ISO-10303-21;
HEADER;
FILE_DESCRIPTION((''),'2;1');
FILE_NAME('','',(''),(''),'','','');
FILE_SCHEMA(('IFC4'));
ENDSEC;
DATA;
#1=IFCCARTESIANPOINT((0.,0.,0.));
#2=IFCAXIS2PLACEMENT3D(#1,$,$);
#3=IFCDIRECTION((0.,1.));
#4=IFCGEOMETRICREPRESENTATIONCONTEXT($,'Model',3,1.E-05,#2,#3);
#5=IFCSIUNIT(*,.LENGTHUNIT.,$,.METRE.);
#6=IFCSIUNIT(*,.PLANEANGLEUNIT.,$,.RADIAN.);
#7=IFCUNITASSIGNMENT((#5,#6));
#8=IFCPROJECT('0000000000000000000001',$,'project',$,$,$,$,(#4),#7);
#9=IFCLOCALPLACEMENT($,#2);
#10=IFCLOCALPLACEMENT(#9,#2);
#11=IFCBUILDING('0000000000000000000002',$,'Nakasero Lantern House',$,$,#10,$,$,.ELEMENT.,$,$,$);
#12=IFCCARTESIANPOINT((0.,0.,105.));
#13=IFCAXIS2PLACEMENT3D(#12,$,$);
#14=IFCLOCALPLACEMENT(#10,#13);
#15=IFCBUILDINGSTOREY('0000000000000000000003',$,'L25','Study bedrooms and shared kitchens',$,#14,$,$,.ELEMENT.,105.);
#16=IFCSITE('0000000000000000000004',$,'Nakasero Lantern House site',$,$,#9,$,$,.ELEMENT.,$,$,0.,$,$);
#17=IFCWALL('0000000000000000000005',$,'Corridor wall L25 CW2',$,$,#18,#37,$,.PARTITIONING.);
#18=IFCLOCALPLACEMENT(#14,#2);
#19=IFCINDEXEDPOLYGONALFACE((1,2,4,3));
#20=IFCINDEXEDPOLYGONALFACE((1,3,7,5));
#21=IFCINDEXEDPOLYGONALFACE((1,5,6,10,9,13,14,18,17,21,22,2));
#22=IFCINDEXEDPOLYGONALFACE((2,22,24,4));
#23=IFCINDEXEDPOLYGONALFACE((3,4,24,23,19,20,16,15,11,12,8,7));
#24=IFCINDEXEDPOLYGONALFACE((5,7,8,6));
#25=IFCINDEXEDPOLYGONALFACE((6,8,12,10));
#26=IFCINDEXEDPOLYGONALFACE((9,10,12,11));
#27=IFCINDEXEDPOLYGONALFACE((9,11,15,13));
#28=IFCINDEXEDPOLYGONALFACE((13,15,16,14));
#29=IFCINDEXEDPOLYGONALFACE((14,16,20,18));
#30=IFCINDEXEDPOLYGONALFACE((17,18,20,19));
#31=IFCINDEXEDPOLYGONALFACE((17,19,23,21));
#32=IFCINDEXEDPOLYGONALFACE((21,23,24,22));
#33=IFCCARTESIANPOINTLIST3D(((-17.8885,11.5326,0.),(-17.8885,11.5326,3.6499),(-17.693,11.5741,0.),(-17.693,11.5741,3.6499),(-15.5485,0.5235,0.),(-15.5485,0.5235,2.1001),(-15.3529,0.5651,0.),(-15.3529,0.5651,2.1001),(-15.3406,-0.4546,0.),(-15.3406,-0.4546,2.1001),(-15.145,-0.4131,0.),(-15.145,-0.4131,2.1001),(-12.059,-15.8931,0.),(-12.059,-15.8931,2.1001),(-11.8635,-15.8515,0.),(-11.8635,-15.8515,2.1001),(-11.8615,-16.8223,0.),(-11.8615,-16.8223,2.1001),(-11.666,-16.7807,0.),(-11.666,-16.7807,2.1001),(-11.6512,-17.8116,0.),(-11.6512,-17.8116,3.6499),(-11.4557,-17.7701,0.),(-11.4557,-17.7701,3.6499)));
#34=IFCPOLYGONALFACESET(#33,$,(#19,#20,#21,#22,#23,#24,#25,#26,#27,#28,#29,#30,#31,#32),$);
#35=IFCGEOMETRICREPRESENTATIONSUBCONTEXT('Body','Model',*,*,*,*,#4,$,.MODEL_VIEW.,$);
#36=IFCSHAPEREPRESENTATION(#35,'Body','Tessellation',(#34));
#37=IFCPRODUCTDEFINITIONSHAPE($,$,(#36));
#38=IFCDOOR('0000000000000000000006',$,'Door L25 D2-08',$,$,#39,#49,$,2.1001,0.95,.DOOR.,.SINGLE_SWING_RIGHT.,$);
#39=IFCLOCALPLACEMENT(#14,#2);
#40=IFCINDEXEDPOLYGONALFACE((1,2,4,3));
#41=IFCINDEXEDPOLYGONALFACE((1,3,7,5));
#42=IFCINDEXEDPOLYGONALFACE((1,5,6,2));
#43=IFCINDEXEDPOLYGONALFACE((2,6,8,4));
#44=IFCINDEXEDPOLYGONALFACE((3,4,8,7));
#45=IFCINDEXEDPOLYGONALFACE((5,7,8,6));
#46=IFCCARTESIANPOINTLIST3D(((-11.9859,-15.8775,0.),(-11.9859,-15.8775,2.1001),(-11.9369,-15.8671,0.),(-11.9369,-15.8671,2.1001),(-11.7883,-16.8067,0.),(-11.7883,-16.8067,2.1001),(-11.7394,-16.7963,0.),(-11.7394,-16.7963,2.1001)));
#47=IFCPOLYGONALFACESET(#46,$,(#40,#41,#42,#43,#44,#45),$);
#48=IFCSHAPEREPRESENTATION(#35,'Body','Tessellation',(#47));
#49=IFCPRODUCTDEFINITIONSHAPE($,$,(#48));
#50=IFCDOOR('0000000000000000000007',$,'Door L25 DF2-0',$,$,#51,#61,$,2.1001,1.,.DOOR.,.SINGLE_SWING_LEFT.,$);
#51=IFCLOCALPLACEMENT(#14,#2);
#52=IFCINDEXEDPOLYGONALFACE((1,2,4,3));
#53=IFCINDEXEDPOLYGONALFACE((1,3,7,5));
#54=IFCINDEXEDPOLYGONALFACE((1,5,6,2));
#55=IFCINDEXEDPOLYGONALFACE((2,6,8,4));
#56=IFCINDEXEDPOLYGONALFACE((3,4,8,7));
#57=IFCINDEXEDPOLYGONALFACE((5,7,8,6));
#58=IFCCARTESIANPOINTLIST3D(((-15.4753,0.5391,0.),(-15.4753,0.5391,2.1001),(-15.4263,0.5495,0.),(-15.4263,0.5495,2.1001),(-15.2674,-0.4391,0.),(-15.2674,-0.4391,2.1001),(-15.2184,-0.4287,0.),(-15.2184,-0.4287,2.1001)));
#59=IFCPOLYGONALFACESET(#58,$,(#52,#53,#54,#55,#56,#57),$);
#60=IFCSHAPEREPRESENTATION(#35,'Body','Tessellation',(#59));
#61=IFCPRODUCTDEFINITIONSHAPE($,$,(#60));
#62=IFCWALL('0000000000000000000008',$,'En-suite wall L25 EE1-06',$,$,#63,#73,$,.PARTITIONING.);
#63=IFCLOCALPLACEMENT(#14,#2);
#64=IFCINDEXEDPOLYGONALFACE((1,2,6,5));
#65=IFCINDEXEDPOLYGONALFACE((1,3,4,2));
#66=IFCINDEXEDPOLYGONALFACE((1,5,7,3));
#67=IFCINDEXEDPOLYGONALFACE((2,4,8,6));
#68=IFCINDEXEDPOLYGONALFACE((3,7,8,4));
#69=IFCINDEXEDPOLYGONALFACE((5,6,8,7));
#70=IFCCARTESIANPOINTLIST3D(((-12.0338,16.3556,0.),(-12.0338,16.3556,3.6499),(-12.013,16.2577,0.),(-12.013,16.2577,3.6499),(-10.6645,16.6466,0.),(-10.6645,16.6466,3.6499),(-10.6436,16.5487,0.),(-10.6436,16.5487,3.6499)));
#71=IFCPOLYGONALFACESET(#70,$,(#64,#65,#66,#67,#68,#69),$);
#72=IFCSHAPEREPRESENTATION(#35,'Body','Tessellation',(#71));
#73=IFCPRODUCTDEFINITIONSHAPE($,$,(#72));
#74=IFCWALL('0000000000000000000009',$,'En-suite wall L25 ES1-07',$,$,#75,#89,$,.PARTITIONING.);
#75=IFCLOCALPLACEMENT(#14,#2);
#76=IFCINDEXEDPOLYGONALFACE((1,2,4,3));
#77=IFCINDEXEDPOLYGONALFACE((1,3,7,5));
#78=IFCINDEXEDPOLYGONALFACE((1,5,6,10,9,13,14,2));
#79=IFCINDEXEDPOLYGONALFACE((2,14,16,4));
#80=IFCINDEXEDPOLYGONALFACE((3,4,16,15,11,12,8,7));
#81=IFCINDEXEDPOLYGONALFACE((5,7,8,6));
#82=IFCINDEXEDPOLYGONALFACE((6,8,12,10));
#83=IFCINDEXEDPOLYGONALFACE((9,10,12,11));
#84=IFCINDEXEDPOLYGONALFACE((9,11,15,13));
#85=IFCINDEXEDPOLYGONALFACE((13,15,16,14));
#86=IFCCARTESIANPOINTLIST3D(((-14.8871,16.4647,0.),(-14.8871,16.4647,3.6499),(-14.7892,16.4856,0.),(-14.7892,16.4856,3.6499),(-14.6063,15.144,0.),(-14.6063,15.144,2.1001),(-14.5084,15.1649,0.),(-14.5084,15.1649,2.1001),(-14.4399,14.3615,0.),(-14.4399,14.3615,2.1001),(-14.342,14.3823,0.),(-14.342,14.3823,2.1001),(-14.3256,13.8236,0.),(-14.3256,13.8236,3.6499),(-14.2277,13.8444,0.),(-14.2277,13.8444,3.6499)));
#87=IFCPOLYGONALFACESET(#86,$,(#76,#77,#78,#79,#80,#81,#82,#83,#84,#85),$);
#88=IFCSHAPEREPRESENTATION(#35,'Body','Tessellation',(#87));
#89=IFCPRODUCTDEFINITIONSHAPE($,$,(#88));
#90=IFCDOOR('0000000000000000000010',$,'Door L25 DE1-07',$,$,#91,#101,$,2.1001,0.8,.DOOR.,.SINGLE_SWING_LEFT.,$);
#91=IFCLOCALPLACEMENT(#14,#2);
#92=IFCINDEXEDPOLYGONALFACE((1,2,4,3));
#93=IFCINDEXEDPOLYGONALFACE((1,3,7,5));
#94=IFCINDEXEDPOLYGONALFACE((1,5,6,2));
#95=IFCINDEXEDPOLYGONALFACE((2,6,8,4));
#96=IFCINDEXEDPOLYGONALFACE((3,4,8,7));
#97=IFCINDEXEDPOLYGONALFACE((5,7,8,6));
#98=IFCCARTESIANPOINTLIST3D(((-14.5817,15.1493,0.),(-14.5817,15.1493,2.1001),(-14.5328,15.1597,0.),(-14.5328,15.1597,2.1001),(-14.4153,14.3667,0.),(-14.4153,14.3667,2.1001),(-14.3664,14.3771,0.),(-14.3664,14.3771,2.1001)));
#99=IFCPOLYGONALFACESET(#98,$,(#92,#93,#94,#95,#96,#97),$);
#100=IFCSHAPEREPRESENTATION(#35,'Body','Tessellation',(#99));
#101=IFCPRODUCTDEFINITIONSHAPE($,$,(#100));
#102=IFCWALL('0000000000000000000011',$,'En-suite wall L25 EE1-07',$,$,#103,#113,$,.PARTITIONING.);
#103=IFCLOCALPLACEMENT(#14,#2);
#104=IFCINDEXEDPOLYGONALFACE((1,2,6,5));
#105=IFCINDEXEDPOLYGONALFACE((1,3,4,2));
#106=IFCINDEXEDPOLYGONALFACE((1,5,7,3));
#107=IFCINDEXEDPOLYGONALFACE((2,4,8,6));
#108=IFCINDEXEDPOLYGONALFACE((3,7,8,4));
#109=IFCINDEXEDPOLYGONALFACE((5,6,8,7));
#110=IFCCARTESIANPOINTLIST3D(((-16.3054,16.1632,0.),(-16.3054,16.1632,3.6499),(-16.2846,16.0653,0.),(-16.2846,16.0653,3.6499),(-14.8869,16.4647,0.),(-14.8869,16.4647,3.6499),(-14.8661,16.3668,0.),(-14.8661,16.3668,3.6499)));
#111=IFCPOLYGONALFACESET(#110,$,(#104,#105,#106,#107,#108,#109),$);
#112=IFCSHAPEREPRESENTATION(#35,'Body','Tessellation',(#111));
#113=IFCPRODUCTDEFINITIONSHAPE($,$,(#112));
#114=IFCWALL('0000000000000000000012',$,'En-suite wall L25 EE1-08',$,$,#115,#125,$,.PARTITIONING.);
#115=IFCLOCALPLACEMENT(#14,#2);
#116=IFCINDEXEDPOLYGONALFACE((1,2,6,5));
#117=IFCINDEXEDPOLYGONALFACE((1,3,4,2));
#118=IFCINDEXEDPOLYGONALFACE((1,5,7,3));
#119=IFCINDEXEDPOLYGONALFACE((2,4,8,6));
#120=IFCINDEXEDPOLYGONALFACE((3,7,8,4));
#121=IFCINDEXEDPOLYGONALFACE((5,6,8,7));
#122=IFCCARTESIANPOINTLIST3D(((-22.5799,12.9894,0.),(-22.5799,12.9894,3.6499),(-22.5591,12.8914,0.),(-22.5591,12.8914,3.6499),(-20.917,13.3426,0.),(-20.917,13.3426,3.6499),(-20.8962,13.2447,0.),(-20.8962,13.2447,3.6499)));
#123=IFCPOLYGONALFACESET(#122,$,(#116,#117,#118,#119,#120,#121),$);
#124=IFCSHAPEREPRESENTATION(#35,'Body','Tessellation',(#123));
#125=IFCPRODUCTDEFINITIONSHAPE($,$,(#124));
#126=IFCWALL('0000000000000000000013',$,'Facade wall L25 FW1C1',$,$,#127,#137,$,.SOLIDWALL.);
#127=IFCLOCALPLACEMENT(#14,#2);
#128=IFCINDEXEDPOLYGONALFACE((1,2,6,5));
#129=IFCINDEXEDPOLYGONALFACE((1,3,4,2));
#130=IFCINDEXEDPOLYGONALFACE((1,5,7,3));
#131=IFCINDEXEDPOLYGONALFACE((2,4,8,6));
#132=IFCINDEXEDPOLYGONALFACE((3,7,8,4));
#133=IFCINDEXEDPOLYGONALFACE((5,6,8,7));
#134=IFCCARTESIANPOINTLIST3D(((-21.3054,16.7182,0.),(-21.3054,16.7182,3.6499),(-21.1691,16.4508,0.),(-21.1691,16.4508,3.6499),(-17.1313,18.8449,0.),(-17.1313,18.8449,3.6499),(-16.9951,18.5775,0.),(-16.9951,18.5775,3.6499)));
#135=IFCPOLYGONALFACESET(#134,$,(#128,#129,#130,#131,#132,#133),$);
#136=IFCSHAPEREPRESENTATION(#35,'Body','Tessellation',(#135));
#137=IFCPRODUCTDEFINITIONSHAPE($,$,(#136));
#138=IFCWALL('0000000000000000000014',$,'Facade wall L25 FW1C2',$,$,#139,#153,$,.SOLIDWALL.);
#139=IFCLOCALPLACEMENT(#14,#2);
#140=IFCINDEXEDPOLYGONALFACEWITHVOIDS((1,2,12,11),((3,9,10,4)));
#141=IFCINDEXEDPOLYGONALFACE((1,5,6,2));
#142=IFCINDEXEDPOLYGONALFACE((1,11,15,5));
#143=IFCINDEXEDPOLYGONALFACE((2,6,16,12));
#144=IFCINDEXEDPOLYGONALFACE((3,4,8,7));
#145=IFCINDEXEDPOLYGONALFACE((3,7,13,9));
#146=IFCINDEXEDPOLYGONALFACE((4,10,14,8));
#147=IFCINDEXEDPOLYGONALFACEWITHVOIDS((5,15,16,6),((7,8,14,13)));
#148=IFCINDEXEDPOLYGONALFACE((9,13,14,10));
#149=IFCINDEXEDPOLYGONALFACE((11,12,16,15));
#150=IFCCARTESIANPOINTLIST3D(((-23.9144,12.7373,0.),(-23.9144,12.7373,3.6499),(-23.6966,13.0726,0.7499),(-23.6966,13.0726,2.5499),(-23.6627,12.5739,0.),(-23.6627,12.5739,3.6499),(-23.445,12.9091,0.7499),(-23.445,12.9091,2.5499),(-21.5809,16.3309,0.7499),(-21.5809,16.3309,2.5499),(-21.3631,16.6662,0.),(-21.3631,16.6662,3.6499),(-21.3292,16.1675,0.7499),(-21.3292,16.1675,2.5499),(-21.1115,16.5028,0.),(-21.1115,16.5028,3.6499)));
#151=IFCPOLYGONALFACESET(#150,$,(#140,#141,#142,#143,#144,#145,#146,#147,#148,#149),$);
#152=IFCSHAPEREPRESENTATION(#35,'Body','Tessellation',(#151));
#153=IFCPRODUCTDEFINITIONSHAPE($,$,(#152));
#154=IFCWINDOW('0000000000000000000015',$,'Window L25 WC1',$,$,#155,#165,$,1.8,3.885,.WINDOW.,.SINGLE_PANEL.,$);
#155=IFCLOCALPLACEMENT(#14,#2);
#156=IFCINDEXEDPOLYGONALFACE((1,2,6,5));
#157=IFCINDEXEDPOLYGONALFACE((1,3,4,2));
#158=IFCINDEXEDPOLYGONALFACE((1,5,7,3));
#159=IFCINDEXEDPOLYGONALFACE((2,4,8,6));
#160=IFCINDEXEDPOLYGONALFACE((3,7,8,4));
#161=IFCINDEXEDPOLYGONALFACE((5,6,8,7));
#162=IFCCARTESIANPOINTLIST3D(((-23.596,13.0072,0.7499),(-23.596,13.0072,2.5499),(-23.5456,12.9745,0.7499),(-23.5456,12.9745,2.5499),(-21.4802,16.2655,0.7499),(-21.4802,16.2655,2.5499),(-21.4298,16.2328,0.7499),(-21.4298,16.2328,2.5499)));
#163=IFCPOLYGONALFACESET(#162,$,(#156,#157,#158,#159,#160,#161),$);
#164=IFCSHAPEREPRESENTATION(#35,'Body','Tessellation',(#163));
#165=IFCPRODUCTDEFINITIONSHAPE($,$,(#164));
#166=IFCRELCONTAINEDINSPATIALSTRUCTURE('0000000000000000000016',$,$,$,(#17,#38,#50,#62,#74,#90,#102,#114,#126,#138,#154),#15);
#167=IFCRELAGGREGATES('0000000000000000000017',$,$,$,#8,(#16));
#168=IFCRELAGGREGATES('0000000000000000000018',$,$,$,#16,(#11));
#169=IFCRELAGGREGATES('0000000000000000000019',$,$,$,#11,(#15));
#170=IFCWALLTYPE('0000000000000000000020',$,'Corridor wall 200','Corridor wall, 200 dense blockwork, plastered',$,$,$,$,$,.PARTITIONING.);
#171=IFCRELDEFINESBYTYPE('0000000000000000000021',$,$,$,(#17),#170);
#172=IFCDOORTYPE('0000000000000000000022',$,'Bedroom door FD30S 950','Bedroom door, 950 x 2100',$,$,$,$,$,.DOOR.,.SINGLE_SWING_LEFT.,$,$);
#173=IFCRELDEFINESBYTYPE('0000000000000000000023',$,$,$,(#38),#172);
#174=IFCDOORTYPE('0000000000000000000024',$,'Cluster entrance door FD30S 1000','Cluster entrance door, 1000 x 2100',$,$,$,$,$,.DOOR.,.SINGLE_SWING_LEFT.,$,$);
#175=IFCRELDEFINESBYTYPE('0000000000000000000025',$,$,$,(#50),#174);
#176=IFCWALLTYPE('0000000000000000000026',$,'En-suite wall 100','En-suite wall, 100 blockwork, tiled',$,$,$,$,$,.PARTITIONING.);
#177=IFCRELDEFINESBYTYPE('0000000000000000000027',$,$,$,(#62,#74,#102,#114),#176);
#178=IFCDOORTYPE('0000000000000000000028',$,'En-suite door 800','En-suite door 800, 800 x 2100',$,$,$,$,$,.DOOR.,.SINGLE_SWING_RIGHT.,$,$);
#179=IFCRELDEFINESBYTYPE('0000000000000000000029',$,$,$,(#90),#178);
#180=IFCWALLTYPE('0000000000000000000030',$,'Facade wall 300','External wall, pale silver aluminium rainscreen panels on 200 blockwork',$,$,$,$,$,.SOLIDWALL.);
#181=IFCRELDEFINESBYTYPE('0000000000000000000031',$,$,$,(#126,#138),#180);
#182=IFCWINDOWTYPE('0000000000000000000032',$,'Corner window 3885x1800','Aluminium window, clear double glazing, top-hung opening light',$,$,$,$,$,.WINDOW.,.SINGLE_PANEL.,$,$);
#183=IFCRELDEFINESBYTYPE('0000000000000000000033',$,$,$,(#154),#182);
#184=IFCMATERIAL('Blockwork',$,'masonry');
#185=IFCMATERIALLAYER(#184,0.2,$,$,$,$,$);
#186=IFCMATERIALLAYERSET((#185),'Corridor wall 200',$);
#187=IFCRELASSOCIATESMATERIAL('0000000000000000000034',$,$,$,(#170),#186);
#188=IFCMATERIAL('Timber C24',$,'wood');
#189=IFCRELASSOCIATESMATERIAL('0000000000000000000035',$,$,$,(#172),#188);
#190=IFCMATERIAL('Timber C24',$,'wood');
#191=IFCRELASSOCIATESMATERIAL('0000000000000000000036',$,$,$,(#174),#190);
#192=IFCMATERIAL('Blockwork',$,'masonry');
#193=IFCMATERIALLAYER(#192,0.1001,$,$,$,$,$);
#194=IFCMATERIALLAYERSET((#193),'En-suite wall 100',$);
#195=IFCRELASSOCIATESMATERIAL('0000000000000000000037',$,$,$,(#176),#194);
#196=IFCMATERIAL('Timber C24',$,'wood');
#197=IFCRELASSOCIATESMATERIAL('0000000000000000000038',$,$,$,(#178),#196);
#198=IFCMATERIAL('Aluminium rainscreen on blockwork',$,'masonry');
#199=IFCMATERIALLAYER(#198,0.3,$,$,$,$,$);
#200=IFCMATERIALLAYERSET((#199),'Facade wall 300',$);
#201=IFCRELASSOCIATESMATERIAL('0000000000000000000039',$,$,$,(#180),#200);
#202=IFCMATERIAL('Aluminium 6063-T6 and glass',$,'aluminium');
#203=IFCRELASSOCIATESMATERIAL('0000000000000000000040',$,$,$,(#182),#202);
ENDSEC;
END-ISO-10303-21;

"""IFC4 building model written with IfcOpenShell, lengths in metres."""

from ifc_helpers import new_model, si_unit, direction, frame, frame_2d, origin, place, context, subcontext, project, spatial, rectangle, extrude, material, layer, layer_set, type_object, element, fill, save


model = new_model("IFC4")

# Units and contexts
model_context = context("Model", 3, precision=1e-05, world=origin(), true_north=direction((0.0, 1.0)))
body_context = subcontext(model_context, "Body", "Model", "MODEL_VIEW")
ifc_project = project(units=[si_unit("LENGTHUNIT", "METRE"), si_unit("PLANEANGLEUNIT", "RADIAN")], contexts=[model_context])

# Site, building, storey
site_placement = place(None, origin())
site = spatial("IfcSite", under=ifc_project, at=site_placement, Name="Nakasero Lantern House site", CompositionType="ELEMENT", RefElevation=0.0)
building_placement = place(site_placement, origin())
building = spatial("IfcBuilding", under=site, at=building_placement, Name="Nakasero Lantern House", CompositionType="ELEMENT")
storey_placement = place(building_placement, frame((0.0, 0.0, 105.0)))
storey = spatial("IfcBuildingStorey", under=building, at=storey_placement, Name="L25", Description="Study bedrooms and shared kitchens", CompositionType="ELEMENT", Elevation=105.0)

# Wall, openings, doors
ifc_material_1 = material(Name="Blockwork", Category="masonry")
ifc_layer_1 = layer(ifc_material_1, 0.2)
ifc_layer_set_1 = layer_set([ifc_layer_1], Name="Corridor wall 200")
wall_type_1 = type_object("IfcWallType", Name="Corridor wall 200", Description="Corridor wall, 200 dense blockwork, plastered", PredefinedType="PARTITIONING", material=ifc_layer_set_1)
wall_1_placement = place(storey_placement, frame((-17.7908, 11.5535, 0.0), z_axis=(0.0, 0.0, 1.0), x_axis=(0.207912, -0.978148, 0.0)))
wall_1 = element("IfcWall", 1, at=wall_1_placement, inside=storey, type_object=wall_type_1, Name="Corridor wall L25 CW2", PredefinedType="PARTITIONING", context=body_context, shape_type="SweptSolid", body=[
    extrude(rectangle(XDim=29.9998, YDim=0.2, at=frame_2d((15.0, 0.0))), origin(), (0.0, 0.0, 1.0), 3.6499),
])
opening_1_placement = place(wall_1_placement, frame((11.2551, 0.0, 0.0)))
opening_1 = element("IfcOpeningElement", 2, at=opening_1_placement, cuts=wall_1, PredefinedType="OPENING", context=body_context, shape_type="SweptSolid", body=[
    extrude(rectangle(XDim=1.0, YDim=2.1001, at=frame_2d((0.5, 1.05))), frame((0.0, 0.1199, 0.0), z_axis=(0.0, -1.0, 0.0), x_axis=(1.0, 0.0, 0.0)), (0.0, 0.0, 1.0), 0.24),
])
opening_2_placement = place(wall_1_placement, frame((28.0383, 0.0, 0.0)))
opening_2 = element("IfcOpeningElement", 3, at=opening_2_placement, cuts=wall_1, PredefinedType="OPENING", context=body_context, shape_type="SweptSolid", body=[
    extrude(rectangle(XDim=0.95, YDim=2.1001, at=frame_2d((0.4751, 1.05))), frame((0.0, 0.1199, 0.0), z_axis=(0.0, -1.0, 0.0), x_axis=(1.0, 0.0, 0.0)), (0.0, 0.0, 1.0), 0.24),
])
ifc_material_2 = material(Name="Timber C24", Category="wood")
door_type_1 = type_object("IfcDoorType", Name="Bedroom door FD30S 950", Description="Bedroom door, 950 x 2100", OperationType="SINGLE_SWING_LEFT", PredefinedType="DOOR", material=ifc_material_2)
door_1_placement = place(opening_2_placement, origin())
door_1 = element("IfcDoor", 4, at=door_1_placement, inside=storey, type_object=door_type_1, Name="Door L25 D2-08", OperationType="SINGLE_SWING_RIGHT", OverallHeight=2.1001, OverallWidth=0.95, PredefinedType="DOOR", context=body_context, shape_type="SweptSolid", body=[
    extrude(rectangle(XDim=0.95, YDim=2.1001, at=frame_2d((0.4751, 1.05))), frame((0.0, 0.0249, 0.0), z_axis=(0.0, -1.0, 0.0), x_axis=(1.0, 0.0, 0.0)), (0.0, 0.0, 1.0), 0.05),
])
fill(opening_2, door_1)
ifc_material_3 = material(Name="Timber C24", Category="wood")
door_type_2 = type_object("IfcDoorType", Name="Cluster entrance door FD30S 1000", Description="Cluster entrance door, 1000 x 2100", OperationType="SINGLE_SWING_LEFT", PredefinedType="DOOR", material=ifc_material_3)
door_2_placement = place(opening_1_placement, origin())
door_2 = element("IfcDoor", 5, at=door_2_placement, inside=storey, type_object=door_type_2, Name="Door L25 DF2-0", OperationType="SINGLE_SWING_LEFT", OverallHeight=2.1001, OverallWidth=1.0, PredefinedType="DOOR", context=body_context, shape_type="SweptSolid", body=[
    extrude(rectangle(XDim=1.0, YDim=2.1001, at=frame_2d((0.5, 1.05))), frame((0.0, 0.0249, 0.0), z_axis=(0.0, -1.0, 0.0), x_axis=(1.0, 0.0, 0.0)), (0.0, 0.0, 1.0), 0.05),
])
fill(opening_1, door_2)

# Wall
ifc_material_4 = material(Name="Blockwork", Category="masonry")
ifc_layer_2 = layer(ifc_material_4, 0.1001)
ifc_layer_set_2 = layer_set([ifc_layer_2], Name="En-suite wall 100")
wall_type_2 = type_object("IfcWallType", Name="En-suite wall 100", Description="En-suite wall, 100 blockwork, tiled", PredefinedType="PARTITIONING", material=ifc_layer_set_2)
wall_2_placement = place(storey_placement, frame((-10.6541, 16.5977, 0.0), z_axis=(0.0, 0.0, 1.0), x_axis=(-0.978156, -0.207873, 0.0)))
element("IfcWall", 6, at=wall_2_placement, inside=storey, type_object=wall_type_2, Name="En-suite wall L25 EE1-06", PredefinedType="PARTITIONING", context=body_context, shape_type="SweptSolid", body=[
    extrude(rectangle(XDim=1.3999, YDim=0.1001, at=frame_2d((0.7, 0.0))), origin(), (0.0, 0.0, 1.0), 3.6499),
])

# Wall, opening, door
wall_3_placement = place(storey_placement, frame((-14.2766, 13.834, 0.0), z_axis=(0.0, 0.0, 1.0), x_axis=(-0.20796, 0.978137, 0.0)))
wall_3 = element("IfcWall", 7, at=wall_3_placement, inside=storey, type_object=wall_type_2, Name="En-suite wall L25 ES1-07", PredefinedType="PARTITIONING", context=body_context, shape_type="SweptSolid", body=[
    extrude(rectangle(XDim=2.7002, YDim=0.1001, at=frame_2d((1.3501, 0.0))), origin(), (0.0, 0.0, 1.0), 3.6499),
])
opening_3_placement = place(wall_3_placement, frame((0.55, 0.0, 0.0)))
opening_3 = element("IfcOpeningElement", 8, at=opening_3_placement, cuts=wall_3, PredefinedType="OPENING", context=body_context, shape_type="SweptSolid", body=[
    extrude(rectangle(XDim=0.8, YDim=2.1001, at=frame_2d((0.3999, 1.05))), frame((0.0, 0.0701, 0.0), z_axis=(0.0, -1.0, 0.0), x_axis=(1.0, 0.0, 0.0)), (0.0, 0.0, 1.0), 0.1401),
])
ifc_material_5 = material(Name="Timber C24", Category="wood")
door_type_3 = type_object("IfcDoorType", Name="En-suite door 800", Description="En-suite door 800, 800 x 2100", OperationType="SINGLE_SWING_RIGHT", PredefinedType="DOOR", material=ifc_material_5)
door_3_placement = place(opening_3_placement, origin())
door_3 = element("IfcDoor", 9, at=door_3_placement, inside=storey, type_object=door_type_3, Name="Door L25 DE1-07", OperationType="SINGLE_SWING_LEFT", OverallHeight=2.1001, OverallWidth=0.8, PredefinedType="DOOR", context=body_context, shape_type="SweptSolid", body=[
    extrude(rectangle(XDim=0.8, YDim=2.1001, at=frame_2d((0.3999, 1.05))), frame((0.0, 0.0249, 0.0), z_axis=(0.0, -1.0, 0.0), x_axis=(1.0, 0.0, 0.0)), (0.0, 0.0, 1.0), 0.05),
])
fill(opening_3, door_3)

# Walls
wall_4_placement = place(storey_placement, frame((-14.8765, 16.4158, 0.0), z_axis=(0.0, 0.0, 1.0), x_axis=(-0.978146, -0.207919, 0.0)))
element("IfcWall", 10, at=wall_4_placement, inside=storey, type_object=wall_type_2, Name="En-suite wall L25 EE1-07", PredefinedType="PARTITIONING", context=body_context, shape_type="SweptSolid", body=[
    extrude(rectangle(XDim=1.4502, YDim=0.1001, at=frame_2d((0.7251, 0.0))), origin(), (0.0, 0.0, 1.0), 3.6499),
])
wall_5_placement = place(storey_placement, frame((-20.9065, 13.2937, 0.0), z_axis=(0.0, 0.0, 1.0), x_axis=(-0.978169, -0.207812, 0.0)))
element("IfcWall", 11, at=wall_5_placement, inside=storey, type_object=wall_type_2, Name="En-suite wall L25 EE1-08", PredefinedType="PARTITIONING", context=body_context, shape_type="SweptSolid", body=[
    extrude(rectangle(XDim=1.7, YDim=0.1001, at=frame_2d((0.8501, 0.0))), origin(), (0.0, 0.0, 1.0), 3.6499),
])
ifc_material_6 = material(Name="Aluminium rainscreen on blockwork", Category="masonry")
ifc_layer_3 = layer(ifc_material_6, 0.3)
ifc_layer_set_3 = layer_set([ifc_layer_3], Name="Facade wall 300")
wall_type_3 = type_object("IfcWallType", Name="Facade wall 300", Description="External wall, pale silver aluminium rainscreen panels on 200 blockwork", PredefinedType="SOLIDWALL", material=ifc_layer_set_3)
wall_6_placement = place(storey_placement, frame((-17.0632, 18.7112, 0.0), z_axis=(0.0, 0.0, 1.0), x_axis=(-0.891014, -0.453976, 0.0)))
element("IfcWall", 12, at=wall_6_placement, inside=storey, type_object=wall_type_3, Name="Facade wall L25 FW1C1", PredefinedType="SOLIDWALL", context=body_context, shape_type="SweptSolid", body=[
    extrude(rectangle(XDim=4.6846, YDim=0.3, at=frame_2d((2.3423, 0.0))), origin(), (0.0, 0.0, 1.0), 3.6499),
])

# Wall, opening, window
wall_7_placement = place(storey_placement, frame((-21.2373, 16.5845, 0.0), z_axis=(0.0, 0.0, 1.0), x_axis=(-0.544605, -0.838692, 0.0)))
wall_7 = element("IfcWall", 13, at=wall_7_placement, inside=storey, type_object=wall_type_3, Name="Facade wall L25 FW1C2", PredefinedType="SOLIDWALL", context=body_context, shape_type="SweptSolid", body=[
    extrude(rectangle(XDim=4.6846, YDim=0.3, at=frame_2d((2.3423, 0.0))), origin(), (0.0, 0.0, 1.0), 3.6499),
])
opening_4_placement = place(wall_7_placement, frame((0.3999, 0.0, 0.75)))
opening_4 = element("IfcOpeningElement", 14, at=opening_4_placement, cuts=wall_7, PredefinedType="OPENING", context=body_context, shape_type="SweptSolid", body=[
    extrude(rectangle(XDim=3.885, YDim=1.8, at=frame_2d((1.9424, 0.8999))), frame((0.0, 0.1699, 0.0), z_axis=(0.0, -1.0, 0.0), x_axis=(1.0, 0.0, 0.0)), (0.0, 0.0, 1.0), 0.3401),
])
ifc_material_7 = material(Name="Aluminium 6063-T6 and glass", Category="aluminium")
window_type_1 = type_object("IfcWindowType", Name="Corner window 3885x1800", Description="Aluminium window, clear double glazing, top-hung opening light", PartitioningType="SINGLE_PANEL", PredefinedType="WINDOW", material=ifc_material_7)
window_1_placement = place(opening_4_placement, origin())
window_1 = element("IfcWindow", 15, at=window_1_placement, inside=storey, type_object=window_type_1, Name="Window L25 WC1", OverallHeight=1.8, OverallWidth=3.885, PartitioningType="SINGLE_PANEL", PredefinedType="WINDOW", context=body_context, shape_type="SweptSolid", body=[
    extrude(rectangle(XDim=3.885, YDim=1.8, at=frame_2d((1.9424, 0.8999))), frame((0.0, 0.03, 0.0), z_axis=(0.0, -1.0, 0.0), x_axis=(1.0, 0.0, 0.0)), (0.0, 0.0, 1.0), 0.0601),
])
fill(opening_4, window_1)

save(model, "model.ifc")
